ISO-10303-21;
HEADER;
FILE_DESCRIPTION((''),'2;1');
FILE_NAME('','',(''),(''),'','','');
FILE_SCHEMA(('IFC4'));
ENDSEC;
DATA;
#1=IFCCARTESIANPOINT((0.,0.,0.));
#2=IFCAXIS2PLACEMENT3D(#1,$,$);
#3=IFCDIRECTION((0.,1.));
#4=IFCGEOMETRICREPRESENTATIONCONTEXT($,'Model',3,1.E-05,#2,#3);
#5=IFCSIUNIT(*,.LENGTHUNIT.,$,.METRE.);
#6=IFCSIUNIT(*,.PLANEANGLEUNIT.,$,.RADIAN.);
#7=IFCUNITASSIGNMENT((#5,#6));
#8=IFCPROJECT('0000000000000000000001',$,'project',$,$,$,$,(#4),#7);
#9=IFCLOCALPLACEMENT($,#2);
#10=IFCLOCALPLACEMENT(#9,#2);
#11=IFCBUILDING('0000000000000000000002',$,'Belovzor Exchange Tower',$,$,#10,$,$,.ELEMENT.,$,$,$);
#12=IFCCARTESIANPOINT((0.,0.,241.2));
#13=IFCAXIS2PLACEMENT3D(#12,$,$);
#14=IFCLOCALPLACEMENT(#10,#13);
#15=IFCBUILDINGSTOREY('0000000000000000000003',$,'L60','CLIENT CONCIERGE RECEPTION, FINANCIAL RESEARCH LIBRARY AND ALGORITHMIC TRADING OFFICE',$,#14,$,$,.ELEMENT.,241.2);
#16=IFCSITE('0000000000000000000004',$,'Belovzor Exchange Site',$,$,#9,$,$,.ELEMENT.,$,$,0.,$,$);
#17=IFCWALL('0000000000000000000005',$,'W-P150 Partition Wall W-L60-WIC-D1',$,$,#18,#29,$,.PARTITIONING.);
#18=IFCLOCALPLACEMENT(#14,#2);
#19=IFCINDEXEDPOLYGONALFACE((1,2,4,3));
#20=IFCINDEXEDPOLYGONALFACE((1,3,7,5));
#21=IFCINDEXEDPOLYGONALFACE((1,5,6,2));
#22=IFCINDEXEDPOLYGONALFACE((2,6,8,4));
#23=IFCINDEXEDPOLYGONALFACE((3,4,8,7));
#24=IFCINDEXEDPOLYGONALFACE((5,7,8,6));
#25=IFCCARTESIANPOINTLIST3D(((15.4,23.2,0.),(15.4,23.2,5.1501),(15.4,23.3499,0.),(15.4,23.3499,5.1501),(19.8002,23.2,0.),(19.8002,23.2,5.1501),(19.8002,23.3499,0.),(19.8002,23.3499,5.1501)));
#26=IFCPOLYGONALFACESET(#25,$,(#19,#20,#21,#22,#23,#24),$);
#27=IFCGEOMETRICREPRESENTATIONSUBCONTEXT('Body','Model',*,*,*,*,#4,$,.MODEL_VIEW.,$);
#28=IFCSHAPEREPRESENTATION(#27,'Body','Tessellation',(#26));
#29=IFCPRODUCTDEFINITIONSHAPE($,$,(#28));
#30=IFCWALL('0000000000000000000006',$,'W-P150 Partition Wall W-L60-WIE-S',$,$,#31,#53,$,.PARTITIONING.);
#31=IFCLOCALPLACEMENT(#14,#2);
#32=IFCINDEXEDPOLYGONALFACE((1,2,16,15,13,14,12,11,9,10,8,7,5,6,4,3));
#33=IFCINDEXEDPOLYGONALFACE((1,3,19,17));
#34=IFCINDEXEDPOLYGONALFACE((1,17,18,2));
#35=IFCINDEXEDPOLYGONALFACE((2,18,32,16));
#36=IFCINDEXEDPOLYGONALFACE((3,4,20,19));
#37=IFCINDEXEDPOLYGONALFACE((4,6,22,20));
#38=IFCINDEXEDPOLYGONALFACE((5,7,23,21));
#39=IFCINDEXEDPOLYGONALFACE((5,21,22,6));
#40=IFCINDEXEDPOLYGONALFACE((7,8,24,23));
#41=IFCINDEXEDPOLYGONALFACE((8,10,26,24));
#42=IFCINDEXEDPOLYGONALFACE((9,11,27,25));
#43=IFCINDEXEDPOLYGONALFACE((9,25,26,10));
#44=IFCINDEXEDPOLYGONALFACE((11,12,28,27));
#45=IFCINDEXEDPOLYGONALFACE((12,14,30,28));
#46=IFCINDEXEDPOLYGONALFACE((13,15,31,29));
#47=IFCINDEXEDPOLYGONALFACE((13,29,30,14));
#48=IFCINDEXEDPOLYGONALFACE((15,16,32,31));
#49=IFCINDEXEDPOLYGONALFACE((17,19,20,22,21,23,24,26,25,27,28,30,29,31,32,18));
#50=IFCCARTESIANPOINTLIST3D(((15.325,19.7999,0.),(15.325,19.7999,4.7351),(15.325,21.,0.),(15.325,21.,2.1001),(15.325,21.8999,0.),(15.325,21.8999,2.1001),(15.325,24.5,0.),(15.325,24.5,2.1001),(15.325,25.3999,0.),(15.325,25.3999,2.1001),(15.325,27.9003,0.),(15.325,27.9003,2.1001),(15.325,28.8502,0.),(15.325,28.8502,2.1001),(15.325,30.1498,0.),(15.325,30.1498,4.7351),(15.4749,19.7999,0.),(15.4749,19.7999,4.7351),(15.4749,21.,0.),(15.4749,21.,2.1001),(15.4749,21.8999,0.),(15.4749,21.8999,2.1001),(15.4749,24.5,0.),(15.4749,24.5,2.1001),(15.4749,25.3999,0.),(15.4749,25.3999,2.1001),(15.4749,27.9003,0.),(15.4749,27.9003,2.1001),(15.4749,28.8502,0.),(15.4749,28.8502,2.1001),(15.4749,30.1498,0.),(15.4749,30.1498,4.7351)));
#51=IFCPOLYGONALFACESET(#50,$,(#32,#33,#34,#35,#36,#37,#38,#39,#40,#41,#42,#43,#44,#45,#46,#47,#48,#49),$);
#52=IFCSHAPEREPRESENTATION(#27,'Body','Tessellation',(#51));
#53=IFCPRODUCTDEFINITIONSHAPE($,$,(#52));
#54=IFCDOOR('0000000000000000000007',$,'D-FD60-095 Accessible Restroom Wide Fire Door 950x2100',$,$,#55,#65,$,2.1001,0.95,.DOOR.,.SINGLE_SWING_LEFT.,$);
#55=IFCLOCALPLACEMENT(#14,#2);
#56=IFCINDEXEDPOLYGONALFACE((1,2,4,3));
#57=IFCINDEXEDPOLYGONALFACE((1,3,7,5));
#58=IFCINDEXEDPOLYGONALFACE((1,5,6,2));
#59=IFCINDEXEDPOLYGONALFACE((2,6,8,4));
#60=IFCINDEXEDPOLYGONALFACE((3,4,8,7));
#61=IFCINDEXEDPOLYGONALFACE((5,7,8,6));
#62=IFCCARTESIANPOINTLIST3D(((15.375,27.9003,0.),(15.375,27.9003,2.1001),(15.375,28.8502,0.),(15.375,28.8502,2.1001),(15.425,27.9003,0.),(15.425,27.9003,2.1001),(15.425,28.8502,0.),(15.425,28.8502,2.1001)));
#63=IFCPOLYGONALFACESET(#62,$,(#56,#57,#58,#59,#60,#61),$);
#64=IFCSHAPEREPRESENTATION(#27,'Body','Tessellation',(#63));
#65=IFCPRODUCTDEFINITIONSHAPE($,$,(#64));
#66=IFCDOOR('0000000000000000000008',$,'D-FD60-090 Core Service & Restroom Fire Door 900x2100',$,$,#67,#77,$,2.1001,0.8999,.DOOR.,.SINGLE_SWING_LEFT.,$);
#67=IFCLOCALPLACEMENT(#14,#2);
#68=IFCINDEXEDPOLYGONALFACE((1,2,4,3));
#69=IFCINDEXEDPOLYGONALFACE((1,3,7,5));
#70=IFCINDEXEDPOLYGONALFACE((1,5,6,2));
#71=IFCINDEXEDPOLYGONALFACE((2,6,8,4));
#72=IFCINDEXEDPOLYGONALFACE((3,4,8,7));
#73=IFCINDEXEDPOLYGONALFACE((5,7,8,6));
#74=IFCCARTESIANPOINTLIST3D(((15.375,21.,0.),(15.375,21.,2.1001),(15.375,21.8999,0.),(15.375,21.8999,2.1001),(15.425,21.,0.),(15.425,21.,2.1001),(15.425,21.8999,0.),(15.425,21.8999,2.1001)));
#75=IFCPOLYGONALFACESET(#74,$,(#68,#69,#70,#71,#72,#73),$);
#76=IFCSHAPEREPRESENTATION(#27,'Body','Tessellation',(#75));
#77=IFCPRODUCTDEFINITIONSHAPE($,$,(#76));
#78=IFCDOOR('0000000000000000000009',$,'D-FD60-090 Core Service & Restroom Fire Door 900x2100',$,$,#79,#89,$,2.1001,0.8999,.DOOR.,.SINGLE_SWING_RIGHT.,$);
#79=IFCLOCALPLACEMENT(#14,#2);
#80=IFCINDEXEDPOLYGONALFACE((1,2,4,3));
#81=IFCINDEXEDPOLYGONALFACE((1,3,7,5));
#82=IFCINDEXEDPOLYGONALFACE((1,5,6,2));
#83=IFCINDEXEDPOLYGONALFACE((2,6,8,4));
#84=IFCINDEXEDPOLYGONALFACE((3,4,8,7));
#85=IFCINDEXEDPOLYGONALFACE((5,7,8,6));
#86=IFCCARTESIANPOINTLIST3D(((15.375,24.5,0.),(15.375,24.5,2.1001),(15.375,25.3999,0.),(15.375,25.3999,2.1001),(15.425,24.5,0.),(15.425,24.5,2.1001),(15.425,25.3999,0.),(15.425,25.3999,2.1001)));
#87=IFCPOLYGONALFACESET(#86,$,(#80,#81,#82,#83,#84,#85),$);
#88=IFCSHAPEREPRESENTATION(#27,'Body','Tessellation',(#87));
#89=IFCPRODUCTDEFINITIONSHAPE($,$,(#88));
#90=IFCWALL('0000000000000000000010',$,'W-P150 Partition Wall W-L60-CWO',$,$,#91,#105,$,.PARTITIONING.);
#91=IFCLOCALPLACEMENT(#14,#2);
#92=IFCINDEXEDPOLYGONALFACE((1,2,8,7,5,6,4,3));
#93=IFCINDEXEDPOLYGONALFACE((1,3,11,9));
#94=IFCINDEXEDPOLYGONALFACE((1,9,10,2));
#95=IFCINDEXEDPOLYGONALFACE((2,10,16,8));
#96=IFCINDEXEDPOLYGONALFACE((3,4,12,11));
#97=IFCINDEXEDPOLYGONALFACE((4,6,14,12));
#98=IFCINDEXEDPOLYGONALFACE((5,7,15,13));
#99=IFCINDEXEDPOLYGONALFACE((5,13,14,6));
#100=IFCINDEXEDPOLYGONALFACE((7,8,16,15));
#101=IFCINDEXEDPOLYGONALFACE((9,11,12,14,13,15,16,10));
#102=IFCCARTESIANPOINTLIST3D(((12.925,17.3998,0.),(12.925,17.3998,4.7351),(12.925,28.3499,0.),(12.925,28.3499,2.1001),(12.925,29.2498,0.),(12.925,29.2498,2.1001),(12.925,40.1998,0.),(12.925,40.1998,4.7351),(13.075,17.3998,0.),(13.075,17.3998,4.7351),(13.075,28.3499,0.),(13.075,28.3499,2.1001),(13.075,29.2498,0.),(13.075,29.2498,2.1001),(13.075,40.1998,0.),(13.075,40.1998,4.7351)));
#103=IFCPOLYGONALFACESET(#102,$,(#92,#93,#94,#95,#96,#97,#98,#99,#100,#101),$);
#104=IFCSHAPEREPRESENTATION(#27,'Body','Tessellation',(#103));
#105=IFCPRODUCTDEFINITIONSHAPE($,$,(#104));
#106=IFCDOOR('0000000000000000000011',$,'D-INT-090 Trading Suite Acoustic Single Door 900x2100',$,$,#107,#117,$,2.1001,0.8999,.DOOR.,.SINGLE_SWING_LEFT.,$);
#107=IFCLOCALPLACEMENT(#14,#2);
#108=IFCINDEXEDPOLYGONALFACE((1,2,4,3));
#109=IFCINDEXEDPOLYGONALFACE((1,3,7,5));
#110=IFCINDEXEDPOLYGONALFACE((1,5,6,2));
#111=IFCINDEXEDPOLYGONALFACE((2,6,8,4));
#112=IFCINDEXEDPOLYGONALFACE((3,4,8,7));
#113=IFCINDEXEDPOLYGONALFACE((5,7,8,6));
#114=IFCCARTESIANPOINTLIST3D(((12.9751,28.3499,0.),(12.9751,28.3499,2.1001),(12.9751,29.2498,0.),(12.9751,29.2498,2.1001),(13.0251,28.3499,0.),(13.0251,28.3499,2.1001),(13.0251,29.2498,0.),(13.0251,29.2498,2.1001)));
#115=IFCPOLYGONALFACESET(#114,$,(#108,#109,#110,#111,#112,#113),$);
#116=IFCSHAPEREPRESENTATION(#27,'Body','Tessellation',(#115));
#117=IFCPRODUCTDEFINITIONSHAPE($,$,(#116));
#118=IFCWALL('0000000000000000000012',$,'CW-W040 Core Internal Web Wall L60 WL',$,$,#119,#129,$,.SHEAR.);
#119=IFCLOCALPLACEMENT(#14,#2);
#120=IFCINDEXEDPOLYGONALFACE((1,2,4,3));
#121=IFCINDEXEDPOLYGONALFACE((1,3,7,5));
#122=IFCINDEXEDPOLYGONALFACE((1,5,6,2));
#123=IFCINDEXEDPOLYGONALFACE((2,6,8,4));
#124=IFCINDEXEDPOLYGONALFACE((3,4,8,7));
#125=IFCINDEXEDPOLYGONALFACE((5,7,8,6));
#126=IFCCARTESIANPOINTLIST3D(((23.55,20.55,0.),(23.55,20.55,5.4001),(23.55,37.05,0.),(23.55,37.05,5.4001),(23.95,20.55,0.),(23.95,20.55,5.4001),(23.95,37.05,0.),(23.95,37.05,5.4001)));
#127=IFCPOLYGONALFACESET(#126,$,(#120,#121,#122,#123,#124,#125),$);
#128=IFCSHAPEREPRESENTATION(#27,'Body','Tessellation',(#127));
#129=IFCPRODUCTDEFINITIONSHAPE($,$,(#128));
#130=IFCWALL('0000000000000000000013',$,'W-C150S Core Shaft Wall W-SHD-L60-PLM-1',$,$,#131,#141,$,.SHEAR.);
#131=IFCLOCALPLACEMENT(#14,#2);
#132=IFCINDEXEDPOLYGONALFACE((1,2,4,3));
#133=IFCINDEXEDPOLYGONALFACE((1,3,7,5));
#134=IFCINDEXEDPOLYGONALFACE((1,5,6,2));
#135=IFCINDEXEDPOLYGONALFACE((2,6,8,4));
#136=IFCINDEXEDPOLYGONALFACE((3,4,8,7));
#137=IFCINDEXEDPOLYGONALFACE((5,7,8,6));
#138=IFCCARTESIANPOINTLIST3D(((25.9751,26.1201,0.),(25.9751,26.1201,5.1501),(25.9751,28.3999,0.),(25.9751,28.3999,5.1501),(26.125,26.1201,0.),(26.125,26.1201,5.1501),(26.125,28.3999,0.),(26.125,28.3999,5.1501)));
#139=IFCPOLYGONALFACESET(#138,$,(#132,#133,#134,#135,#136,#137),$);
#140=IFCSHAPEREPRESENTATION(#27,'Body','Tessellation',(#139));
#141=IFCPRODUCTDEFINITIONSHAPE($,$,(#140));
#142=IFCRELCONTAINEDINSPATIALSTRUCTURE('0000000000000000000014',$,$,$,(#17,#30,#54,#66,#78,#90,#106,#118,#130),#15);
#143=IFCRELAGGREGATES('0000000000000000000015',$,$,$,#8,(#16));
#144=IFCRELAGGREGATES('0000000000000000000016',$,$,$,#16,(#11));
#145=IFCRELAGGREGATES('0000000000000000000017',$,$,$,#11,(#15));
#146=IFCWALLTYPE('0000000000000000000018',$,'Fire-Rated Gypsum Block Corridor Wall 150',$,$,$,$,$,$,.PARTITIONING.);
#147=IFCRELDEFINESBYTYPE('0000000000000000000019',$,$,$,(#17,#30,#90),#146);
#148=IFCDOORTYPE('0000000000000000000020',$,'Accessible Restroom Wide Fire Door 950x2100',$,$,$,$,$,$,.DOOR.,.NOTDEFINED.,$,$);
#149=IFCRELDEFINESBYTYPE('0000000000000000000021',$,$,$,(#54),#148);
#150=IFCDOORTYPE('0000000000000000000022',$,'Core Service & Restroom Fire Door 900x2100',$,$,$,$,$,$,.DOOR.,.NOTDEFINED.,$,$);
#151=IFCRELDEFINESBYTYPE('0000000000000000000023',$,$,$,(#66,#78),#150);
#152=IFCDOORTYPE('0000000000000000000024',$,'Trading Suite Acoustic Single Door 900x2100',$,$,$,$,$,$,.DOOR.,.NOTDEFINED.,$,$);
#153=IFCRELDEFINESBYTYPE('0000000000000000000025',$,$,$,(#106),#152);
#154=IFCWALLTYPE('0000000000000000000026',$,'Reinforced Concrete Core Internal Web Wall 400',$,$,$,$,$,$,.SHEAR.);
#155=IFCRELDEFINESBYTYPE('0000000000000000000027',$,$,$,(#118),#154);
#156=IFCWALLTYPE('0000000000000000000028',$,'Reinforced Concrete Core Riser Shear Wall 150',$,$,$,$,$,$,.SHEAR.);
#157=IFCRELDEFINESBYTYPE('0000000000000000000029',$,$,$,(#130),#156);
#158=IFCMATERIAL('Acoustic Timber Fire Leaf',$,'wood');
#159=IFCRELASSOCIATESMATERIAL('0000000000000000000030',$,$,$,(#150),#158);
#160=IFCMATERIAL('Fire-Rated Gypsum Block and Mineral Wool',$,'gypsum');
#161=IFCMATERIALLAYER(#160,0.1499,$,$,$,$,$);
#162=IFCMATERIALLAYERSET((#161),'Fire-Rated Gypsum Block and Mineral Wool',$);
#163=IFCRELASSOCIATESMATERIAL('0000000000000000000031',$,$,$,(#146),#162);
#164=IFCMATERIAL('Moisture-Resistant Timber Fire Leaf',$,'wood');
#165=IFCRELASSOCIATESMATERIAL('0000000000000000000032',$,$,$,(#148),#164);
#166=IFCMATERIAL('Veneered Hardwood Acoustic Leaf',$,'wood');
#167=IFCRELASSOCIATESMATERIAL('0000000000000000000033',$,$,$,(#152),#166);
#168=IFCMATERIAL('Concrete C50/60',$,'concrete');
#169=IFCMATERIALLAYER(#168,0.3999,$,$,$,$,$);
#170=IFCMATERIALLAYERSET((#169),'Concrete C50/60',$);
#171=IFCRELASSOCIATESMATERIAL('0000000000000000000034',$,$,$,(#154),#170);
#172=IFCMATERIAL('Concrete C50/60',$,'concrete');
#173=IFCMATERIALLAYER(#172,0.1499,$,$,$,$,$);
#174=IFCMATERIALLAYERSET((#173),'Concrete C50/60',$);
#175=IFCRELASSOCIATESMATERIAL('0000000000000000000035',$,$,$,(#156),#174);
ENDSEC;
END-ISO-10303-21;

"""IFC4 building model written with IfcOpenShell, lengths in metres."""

from ifc_helpers import new_model, si_unit, direction, frame, frame_2d, origin, place, context, subcontext, project, spatial, rectangle, extrude, material, layer, layer_set, type_object, element, fill, save


model = new_model("IFC4")

# Units and contexts
model_context = context("Model", 3, precision=1e-05, world=origin(), true_north=direction((0.0, 1.0)))
body_context = subcontext(model_context, "Body", "Model", "MODEL_VIEW")
ifc_project = project(units=[si_unit("LENGTHUNIT", "METRE"), si_unit("PLANEANGLEUNIT", "RADIAN")], contexts=[model_context])

# Site, building, storey
site_placement = place(None, origin())
site = spatial("IfcSite", under=ifc_project, at=site_placement, Name="Belovzor Exchange Site", CompositionType="ELEMENT", RefElevation=0.0)
building_placement = place(site_placement, origin())
building = spatial("IfcBuilding", under=site, at=building_placement, Name="Belovzor Exchange Tower", CompositionType="ELEMENT")
storey_placement = place(building_placement, frame((0.0, 0.0, 241.2)))
storey = spatial("IfcBuildingStorey", under=building, at=storey_placement, Name="L60", Description="CLIENT CONCIERGE RECEPTION, FINANCIAL RESEARCH LIBRARY AND ALGORITHMIC TRADING OFFICE", CompositionType="ELEMENT", Elevation=241.2)

# Shared definitions
ifc_material_1 = material(Name="Acoustic Timber Fire Leaf", Category="wood")
door_type_1 = type_object("IfcDoorType", Name="Core Service & Restroom Fire Door 900x2100", OperationType="NOTDEFINED", PredefinedType="DOOR", material=ifc_material_1)

# Wall
ifc_material_2 = material(Name="Fire-Rated Gypsum Block and Mineral Wool", Category="gypsum")
ifc_layer_1 = layer(ifc_material_2, 0.1499)
ifc_layer_set_1 = layer_set([ifc_layer_1], Name="Fire-Rated Gypsum Block and Mineral Wool")
wall_type_1 = type_object("IfcWallType", Name="Fire-Rated Gypsum Block Corridor Wall 150", PredefinedType="PARTITIONING", material=ifc_layer_set_1)
wall_1_placement = place(storey_placement, frame((15.3999, 23.2749, 0.0), z_axis=(0.0, 0.0, 1.0), x_axis=(1.0, 0.0, 0.0)))
element("IfcWall", 1, at=wall_1_placement, inside=storey, type_object=wall_type_1, Name="W-P150 Partition Wall W-L60-WIC-D1", PredefinedType="PARTITIONING", context=body_context, shape_type="SweptSolid", body=[
    extrude(rectangle(XDim=4.4001, YDim=0.1499, at=frame_2d((2.2002, 0.0))), origin(), (0.0, 0.0, 1.0), 5.1501),
])

# Wall, openings, doors
wall_2_placement = place(storey_placement, frame((15.3999, 19.8, 0.0), z_axis=(0.0, 0.0, 1.0), x_axis=(0.0, 1.0, 0.0)))
wall_2 = element("IfcWall", 2, at=wall_2_placement, inside=storey, type_object=wall_type_1, Name="W-P150 Partition Wall W-L60-WIE-S", PredefinedType="PARTITIONING", context=body_context, shape_type="SweptSolid", body=[
    extrude(rectangle(XDim=10.3499, YDim=0.1499, at=frame_2d((5.1748, 0.0))), origin(), (0.0, 0.0, 1.0), 4.7351),
])
opening_1_placement = place(wall_2_placement, frame((1.2, 0.0, 0.0)))
opening_1 = element("IfcOpeningElement", 3, at=opening_1_placement, cuts=wall_2, PredefinedType="OPENING", context=body_context, shape_type="SweptSolid", body=[
    extrude(rectangle(XDim=0.8999, YDim=2.1001, at=frame_2d((0.45, 1.05))), frame((0.0, 0.085, 0.0), z_axis=(0.0, -1.0, 0.0), x_axis=(1.0, 0.0, 0.0)), (0.0, 0.0, 1.0), 0.1699),
])
opening_2_placement = place(wall_2_placement, frame((4.7, 0.0, 0.0)))
opening_2 = element("IfcOpeningElement", 4, at=opening_2_placement, cuts=wall_2, PredefinedType="OPENING", context=body_context, shape_type="SweptSolid", body=[
    extrude(rectangle(XDim=0.8999, YDim=2.1001, at=frame_2d((0.45, 1.05))), frame((0.0, 0.085, 0.0), z_axis=(0.0, -1.0, 0.0), x_axis=(1.0, 0.0, 0.0)), (0.0, 0.0, 1.0), 0.1699),
])
opening_3_placement = place(wall_2_placement, frame((8.1001, 0.0, 0.0)))
opening_3 = element("IfcOpeningElement", 5, at=opening_3_placement, cuts=wall_2, PredefinedType="OPENING", context=body_context, shape_type="SweptSolid", body=[
    extrude(rectangle(XDim=0.95, YDim=2.1001, at=frame_2d((0.4751, 1.05))), frame((0.0, 0.085, 0.0), z_axis=(0.0, -1.0, 0.0), x_axis=(1.0, 0.0, 0.0)), (0.0, 0.0, 1.0), 0.1699),
])
ifc_material_3 = material(Name="Moisture-Resistant Timber Fire Leaf", Category="wood")
door_type_2 = type_object("IfcDoorType", Name="Accessible Restroom Wide Fire Door 950x2100", OperationType="NOTDEFINED", PredefinedType="DOOR", material=ifc_material_3)
door_1_placement = place(opening_3_placement, origin())
door_1 = element("IfcDoor", 6, at=door_1_placement, inside=storey, type_object=door_type_2, Name="D-FD60-095 Accessible Restroom Wide Fire Door 950x2100", OperationType="SINGLE_SWING_LEFT", OverallHeight=2.1001, OverallWidth=0.95, PredefinedType="DOOR", context=body_context, shape_type="SweptSolid", body=[
    extrude(rectangle(XDim=0.95, YDim=2.1001, at=frame_2d((0.4751, 1.05))), frame((0.0, 0.0249, 0.0), z_axis=(0.0, -1.0, 0.0), x_axis=(1.0, 0.0, 0.0)), (0.0, 0.0, 1.0), 0.05),
])
fill(opening_3, door_1)
door_2_placement = place(opening_1_placement, origin())
door_2 = element("IfcDoor", 7, at=door_2_placement, inside=storey, type_object=door_type_1, Name="D-FD60-090 Core Service & Restroom Fire Door 900x2100", OperationType="SINGLE_SWING_LEFT", OverallHeight=2.1001, OverallWidth=0.8999, PredefinedType="DOOR", context=body_context, shape_type="SweptSolid", body=[
    extrude(rectangle(XDim=0.8999, YDim=2.1001, at=frame_2d((0.45, 1.05))), frame((0.0, 0.0249, 0.0), z_axis=(0.0, -1.0, 0.0), x_axis=(1.0, 0.0, 0.0)), (0.0, 0.0, 1.0), 0.05),
])
fill(opening_1, door_2)
door_3_placement = place(opening_2_placement, origin())
door_3 = element("IfcDoor", 8, at=door_3_placement, inside=storey, type_object=door_type_1, Name="D-FD60-090 Core Service & Restroom Fire Door 900x2100", OperationType="SINGLE_SWING_RIGHT", OverallHeight=2.1001, OverallWidth=0.8999, PredefinedType="DOOR", context=body_context, shape_type="SweptSolid", body=[
    extrude(rectangle(XDim=0.8999, YDim=2.1001, at=frame_2d((0.45, 1.05))), frame((0.0, 0.0249, 0.0), z_axis=(0.0, -1.0, 0.0), x_axis=(1.0, 0.0, 0.0)), (0.0, 0.0, 1.0), 0.05),
])
fill(opening_2, door_3)

# Wall, opening, door
wall_3_placement = place(storey_placement, frame((13.0, 17.3999, 0.0), z_axis=(0.0, 0.0, 1.0), x_axis=(0.0, 1.0, 0.0)))
wall_3 = element("IfcWall", 9, at=wall_3_placement, inside=storey, type_object=wall_type_1, Name="W-P150 Partition Wall W-L60-CWO", PredefinedType="PARTITIONING", context=body_context, shape_type="SweptSolid", body=[
    extrude(rectangle(XDim=22.8, YDim=0.1499, at=frame_2d((11.3999, 0.0))), origin(), (0.0, 0.0, 1.0), 4.7351),
])
opening_4_placement = place(wall_3_placement, frame((10.95, 0.0, 0.0)))
opening_4 = element("IfcOpeningElement", 10, at=opening_4_placement, cuts=wall_3, PredefinedType="OPENING", context=body_context, shape_type="SweptSolid", body=[
    extrude(rectangle(XDim=0.8999, YDim=2.1001, at=frame_2d((0.45, 1.05))), frame((0.0, 0.085, 0.0), z_axis=(0.0, -1.0, 0.0), x_axis=(1.0, 0.0, 0.0)), (0.0, 0.0, 1.0), 0.1699),
])
ifc_material_4 = material(Name="Veneered Hardwood Acoustic Leaf", Category="wood")
door_type_3 = type_object("IfcDoorType", Name="Trading Suite Acoustic Single Door 900x2100", OperationType="NOTDEFINED", PredefinedType="DOOR", material=ifc_material_4)
door_4_placement = place(opening_4_placement, origin())
door_4 = element("IfcDoor", 11, at=door_4_placement, inside=storey, type_object=door_type_3, Name="D-INT-090 Trading Suite Acoustic Single Door 900x2100", OperationType="SINGLE_SWING_LEFT", OverallHeight=2.1001, OverallWidth=0.8999, PredefinedType="DOOR", context=body_context, shape_type="SweptSolid", body=[
    extrude(rectangle(XDim=0.8999, YDim=2.1001, at=frame_2d((0.45, 1.05))), frame((0.0, 0.0249, 0.0), z_axis=(0.0, -1.0, 0.0), x_axis=(1.0, 0.0, 0.0)), (0.0, 0.0, 1.0), 0.05),
])
fill(opening_4, door_4)

# Walls
ifc_material_5 = material(Name="Concrete C50/60", Category="concrete")
ifc_layer_2 = layer(ifc_material_5, 0.3999)
ifc_layer_set_2 = layer_set([ifc_layer_2], Name="Concrete C50/60")
wall_type_2 = type_object("IfcWallType", Name="Reinforced Concrete Core Internal Web Wall 400", PredefinedType="SHEAR", material=ifc_layer_set_2)
wall_4_placement = place(storey_placement, frame((23.75, 20.55, 0.0), z_axis=(0.0, 0.0, 1.0), x_axis=(0.0, 1.0, 0.0)))
element("IfcWall", 12, at=wall_4_placement, inside=storey, type_object=wall_type_2, Name="CW-W040 Core Internal Web Wall L60 WL", PredefinedType="SHEAR", context=body_context, shape_type="SweptSolid", body=[
    extrude(rectangle(XDim=16.5, YDim=0.3999, at=frame_2d((8.25, 0.0))), origin(), (0.0, 0.0, 1.0), 5.4001),
])
ifc_material_6 = material(Name="Concrete C50/60", Category="concrete")
ifc_layer_3 = layer(ifc_material_6, 0.1499)
ifc_layer_set_3 = layer_set([ifc_layer_3], Name="Concrete C50/60")
wall_type_3 = type_object("IfcWallType", Name="Reinforced Concrete Core Riser Shear Wall 150", PredefinedType="SHEAR", material=ifc_layer_set_3)
wall_5_placement = place(storey_placement, frame((26.05, 26.1201, 0.0), z_axis=(0.0, 0.0, 1.0), x_axis=(0.0, 1.0, 0.0)))
element("IfcWall", 13, at=wall_5_placement, inside=storey, type_object=wall_type_3, Name="W-C150S Core Shaft Wall W-SHD-L60-PLM-1", PredefinedType="SHEAR", context=body_context, shape_type="SweptSolid", body=[
    extrude(rectangle(XDim=2.2798, YDim=0.1499, at=frame_2d((1.1399, 0.0))), origin(), (0.0, 0.0, 1.0), 5.1501),
])

save(model, "model.ifc")
